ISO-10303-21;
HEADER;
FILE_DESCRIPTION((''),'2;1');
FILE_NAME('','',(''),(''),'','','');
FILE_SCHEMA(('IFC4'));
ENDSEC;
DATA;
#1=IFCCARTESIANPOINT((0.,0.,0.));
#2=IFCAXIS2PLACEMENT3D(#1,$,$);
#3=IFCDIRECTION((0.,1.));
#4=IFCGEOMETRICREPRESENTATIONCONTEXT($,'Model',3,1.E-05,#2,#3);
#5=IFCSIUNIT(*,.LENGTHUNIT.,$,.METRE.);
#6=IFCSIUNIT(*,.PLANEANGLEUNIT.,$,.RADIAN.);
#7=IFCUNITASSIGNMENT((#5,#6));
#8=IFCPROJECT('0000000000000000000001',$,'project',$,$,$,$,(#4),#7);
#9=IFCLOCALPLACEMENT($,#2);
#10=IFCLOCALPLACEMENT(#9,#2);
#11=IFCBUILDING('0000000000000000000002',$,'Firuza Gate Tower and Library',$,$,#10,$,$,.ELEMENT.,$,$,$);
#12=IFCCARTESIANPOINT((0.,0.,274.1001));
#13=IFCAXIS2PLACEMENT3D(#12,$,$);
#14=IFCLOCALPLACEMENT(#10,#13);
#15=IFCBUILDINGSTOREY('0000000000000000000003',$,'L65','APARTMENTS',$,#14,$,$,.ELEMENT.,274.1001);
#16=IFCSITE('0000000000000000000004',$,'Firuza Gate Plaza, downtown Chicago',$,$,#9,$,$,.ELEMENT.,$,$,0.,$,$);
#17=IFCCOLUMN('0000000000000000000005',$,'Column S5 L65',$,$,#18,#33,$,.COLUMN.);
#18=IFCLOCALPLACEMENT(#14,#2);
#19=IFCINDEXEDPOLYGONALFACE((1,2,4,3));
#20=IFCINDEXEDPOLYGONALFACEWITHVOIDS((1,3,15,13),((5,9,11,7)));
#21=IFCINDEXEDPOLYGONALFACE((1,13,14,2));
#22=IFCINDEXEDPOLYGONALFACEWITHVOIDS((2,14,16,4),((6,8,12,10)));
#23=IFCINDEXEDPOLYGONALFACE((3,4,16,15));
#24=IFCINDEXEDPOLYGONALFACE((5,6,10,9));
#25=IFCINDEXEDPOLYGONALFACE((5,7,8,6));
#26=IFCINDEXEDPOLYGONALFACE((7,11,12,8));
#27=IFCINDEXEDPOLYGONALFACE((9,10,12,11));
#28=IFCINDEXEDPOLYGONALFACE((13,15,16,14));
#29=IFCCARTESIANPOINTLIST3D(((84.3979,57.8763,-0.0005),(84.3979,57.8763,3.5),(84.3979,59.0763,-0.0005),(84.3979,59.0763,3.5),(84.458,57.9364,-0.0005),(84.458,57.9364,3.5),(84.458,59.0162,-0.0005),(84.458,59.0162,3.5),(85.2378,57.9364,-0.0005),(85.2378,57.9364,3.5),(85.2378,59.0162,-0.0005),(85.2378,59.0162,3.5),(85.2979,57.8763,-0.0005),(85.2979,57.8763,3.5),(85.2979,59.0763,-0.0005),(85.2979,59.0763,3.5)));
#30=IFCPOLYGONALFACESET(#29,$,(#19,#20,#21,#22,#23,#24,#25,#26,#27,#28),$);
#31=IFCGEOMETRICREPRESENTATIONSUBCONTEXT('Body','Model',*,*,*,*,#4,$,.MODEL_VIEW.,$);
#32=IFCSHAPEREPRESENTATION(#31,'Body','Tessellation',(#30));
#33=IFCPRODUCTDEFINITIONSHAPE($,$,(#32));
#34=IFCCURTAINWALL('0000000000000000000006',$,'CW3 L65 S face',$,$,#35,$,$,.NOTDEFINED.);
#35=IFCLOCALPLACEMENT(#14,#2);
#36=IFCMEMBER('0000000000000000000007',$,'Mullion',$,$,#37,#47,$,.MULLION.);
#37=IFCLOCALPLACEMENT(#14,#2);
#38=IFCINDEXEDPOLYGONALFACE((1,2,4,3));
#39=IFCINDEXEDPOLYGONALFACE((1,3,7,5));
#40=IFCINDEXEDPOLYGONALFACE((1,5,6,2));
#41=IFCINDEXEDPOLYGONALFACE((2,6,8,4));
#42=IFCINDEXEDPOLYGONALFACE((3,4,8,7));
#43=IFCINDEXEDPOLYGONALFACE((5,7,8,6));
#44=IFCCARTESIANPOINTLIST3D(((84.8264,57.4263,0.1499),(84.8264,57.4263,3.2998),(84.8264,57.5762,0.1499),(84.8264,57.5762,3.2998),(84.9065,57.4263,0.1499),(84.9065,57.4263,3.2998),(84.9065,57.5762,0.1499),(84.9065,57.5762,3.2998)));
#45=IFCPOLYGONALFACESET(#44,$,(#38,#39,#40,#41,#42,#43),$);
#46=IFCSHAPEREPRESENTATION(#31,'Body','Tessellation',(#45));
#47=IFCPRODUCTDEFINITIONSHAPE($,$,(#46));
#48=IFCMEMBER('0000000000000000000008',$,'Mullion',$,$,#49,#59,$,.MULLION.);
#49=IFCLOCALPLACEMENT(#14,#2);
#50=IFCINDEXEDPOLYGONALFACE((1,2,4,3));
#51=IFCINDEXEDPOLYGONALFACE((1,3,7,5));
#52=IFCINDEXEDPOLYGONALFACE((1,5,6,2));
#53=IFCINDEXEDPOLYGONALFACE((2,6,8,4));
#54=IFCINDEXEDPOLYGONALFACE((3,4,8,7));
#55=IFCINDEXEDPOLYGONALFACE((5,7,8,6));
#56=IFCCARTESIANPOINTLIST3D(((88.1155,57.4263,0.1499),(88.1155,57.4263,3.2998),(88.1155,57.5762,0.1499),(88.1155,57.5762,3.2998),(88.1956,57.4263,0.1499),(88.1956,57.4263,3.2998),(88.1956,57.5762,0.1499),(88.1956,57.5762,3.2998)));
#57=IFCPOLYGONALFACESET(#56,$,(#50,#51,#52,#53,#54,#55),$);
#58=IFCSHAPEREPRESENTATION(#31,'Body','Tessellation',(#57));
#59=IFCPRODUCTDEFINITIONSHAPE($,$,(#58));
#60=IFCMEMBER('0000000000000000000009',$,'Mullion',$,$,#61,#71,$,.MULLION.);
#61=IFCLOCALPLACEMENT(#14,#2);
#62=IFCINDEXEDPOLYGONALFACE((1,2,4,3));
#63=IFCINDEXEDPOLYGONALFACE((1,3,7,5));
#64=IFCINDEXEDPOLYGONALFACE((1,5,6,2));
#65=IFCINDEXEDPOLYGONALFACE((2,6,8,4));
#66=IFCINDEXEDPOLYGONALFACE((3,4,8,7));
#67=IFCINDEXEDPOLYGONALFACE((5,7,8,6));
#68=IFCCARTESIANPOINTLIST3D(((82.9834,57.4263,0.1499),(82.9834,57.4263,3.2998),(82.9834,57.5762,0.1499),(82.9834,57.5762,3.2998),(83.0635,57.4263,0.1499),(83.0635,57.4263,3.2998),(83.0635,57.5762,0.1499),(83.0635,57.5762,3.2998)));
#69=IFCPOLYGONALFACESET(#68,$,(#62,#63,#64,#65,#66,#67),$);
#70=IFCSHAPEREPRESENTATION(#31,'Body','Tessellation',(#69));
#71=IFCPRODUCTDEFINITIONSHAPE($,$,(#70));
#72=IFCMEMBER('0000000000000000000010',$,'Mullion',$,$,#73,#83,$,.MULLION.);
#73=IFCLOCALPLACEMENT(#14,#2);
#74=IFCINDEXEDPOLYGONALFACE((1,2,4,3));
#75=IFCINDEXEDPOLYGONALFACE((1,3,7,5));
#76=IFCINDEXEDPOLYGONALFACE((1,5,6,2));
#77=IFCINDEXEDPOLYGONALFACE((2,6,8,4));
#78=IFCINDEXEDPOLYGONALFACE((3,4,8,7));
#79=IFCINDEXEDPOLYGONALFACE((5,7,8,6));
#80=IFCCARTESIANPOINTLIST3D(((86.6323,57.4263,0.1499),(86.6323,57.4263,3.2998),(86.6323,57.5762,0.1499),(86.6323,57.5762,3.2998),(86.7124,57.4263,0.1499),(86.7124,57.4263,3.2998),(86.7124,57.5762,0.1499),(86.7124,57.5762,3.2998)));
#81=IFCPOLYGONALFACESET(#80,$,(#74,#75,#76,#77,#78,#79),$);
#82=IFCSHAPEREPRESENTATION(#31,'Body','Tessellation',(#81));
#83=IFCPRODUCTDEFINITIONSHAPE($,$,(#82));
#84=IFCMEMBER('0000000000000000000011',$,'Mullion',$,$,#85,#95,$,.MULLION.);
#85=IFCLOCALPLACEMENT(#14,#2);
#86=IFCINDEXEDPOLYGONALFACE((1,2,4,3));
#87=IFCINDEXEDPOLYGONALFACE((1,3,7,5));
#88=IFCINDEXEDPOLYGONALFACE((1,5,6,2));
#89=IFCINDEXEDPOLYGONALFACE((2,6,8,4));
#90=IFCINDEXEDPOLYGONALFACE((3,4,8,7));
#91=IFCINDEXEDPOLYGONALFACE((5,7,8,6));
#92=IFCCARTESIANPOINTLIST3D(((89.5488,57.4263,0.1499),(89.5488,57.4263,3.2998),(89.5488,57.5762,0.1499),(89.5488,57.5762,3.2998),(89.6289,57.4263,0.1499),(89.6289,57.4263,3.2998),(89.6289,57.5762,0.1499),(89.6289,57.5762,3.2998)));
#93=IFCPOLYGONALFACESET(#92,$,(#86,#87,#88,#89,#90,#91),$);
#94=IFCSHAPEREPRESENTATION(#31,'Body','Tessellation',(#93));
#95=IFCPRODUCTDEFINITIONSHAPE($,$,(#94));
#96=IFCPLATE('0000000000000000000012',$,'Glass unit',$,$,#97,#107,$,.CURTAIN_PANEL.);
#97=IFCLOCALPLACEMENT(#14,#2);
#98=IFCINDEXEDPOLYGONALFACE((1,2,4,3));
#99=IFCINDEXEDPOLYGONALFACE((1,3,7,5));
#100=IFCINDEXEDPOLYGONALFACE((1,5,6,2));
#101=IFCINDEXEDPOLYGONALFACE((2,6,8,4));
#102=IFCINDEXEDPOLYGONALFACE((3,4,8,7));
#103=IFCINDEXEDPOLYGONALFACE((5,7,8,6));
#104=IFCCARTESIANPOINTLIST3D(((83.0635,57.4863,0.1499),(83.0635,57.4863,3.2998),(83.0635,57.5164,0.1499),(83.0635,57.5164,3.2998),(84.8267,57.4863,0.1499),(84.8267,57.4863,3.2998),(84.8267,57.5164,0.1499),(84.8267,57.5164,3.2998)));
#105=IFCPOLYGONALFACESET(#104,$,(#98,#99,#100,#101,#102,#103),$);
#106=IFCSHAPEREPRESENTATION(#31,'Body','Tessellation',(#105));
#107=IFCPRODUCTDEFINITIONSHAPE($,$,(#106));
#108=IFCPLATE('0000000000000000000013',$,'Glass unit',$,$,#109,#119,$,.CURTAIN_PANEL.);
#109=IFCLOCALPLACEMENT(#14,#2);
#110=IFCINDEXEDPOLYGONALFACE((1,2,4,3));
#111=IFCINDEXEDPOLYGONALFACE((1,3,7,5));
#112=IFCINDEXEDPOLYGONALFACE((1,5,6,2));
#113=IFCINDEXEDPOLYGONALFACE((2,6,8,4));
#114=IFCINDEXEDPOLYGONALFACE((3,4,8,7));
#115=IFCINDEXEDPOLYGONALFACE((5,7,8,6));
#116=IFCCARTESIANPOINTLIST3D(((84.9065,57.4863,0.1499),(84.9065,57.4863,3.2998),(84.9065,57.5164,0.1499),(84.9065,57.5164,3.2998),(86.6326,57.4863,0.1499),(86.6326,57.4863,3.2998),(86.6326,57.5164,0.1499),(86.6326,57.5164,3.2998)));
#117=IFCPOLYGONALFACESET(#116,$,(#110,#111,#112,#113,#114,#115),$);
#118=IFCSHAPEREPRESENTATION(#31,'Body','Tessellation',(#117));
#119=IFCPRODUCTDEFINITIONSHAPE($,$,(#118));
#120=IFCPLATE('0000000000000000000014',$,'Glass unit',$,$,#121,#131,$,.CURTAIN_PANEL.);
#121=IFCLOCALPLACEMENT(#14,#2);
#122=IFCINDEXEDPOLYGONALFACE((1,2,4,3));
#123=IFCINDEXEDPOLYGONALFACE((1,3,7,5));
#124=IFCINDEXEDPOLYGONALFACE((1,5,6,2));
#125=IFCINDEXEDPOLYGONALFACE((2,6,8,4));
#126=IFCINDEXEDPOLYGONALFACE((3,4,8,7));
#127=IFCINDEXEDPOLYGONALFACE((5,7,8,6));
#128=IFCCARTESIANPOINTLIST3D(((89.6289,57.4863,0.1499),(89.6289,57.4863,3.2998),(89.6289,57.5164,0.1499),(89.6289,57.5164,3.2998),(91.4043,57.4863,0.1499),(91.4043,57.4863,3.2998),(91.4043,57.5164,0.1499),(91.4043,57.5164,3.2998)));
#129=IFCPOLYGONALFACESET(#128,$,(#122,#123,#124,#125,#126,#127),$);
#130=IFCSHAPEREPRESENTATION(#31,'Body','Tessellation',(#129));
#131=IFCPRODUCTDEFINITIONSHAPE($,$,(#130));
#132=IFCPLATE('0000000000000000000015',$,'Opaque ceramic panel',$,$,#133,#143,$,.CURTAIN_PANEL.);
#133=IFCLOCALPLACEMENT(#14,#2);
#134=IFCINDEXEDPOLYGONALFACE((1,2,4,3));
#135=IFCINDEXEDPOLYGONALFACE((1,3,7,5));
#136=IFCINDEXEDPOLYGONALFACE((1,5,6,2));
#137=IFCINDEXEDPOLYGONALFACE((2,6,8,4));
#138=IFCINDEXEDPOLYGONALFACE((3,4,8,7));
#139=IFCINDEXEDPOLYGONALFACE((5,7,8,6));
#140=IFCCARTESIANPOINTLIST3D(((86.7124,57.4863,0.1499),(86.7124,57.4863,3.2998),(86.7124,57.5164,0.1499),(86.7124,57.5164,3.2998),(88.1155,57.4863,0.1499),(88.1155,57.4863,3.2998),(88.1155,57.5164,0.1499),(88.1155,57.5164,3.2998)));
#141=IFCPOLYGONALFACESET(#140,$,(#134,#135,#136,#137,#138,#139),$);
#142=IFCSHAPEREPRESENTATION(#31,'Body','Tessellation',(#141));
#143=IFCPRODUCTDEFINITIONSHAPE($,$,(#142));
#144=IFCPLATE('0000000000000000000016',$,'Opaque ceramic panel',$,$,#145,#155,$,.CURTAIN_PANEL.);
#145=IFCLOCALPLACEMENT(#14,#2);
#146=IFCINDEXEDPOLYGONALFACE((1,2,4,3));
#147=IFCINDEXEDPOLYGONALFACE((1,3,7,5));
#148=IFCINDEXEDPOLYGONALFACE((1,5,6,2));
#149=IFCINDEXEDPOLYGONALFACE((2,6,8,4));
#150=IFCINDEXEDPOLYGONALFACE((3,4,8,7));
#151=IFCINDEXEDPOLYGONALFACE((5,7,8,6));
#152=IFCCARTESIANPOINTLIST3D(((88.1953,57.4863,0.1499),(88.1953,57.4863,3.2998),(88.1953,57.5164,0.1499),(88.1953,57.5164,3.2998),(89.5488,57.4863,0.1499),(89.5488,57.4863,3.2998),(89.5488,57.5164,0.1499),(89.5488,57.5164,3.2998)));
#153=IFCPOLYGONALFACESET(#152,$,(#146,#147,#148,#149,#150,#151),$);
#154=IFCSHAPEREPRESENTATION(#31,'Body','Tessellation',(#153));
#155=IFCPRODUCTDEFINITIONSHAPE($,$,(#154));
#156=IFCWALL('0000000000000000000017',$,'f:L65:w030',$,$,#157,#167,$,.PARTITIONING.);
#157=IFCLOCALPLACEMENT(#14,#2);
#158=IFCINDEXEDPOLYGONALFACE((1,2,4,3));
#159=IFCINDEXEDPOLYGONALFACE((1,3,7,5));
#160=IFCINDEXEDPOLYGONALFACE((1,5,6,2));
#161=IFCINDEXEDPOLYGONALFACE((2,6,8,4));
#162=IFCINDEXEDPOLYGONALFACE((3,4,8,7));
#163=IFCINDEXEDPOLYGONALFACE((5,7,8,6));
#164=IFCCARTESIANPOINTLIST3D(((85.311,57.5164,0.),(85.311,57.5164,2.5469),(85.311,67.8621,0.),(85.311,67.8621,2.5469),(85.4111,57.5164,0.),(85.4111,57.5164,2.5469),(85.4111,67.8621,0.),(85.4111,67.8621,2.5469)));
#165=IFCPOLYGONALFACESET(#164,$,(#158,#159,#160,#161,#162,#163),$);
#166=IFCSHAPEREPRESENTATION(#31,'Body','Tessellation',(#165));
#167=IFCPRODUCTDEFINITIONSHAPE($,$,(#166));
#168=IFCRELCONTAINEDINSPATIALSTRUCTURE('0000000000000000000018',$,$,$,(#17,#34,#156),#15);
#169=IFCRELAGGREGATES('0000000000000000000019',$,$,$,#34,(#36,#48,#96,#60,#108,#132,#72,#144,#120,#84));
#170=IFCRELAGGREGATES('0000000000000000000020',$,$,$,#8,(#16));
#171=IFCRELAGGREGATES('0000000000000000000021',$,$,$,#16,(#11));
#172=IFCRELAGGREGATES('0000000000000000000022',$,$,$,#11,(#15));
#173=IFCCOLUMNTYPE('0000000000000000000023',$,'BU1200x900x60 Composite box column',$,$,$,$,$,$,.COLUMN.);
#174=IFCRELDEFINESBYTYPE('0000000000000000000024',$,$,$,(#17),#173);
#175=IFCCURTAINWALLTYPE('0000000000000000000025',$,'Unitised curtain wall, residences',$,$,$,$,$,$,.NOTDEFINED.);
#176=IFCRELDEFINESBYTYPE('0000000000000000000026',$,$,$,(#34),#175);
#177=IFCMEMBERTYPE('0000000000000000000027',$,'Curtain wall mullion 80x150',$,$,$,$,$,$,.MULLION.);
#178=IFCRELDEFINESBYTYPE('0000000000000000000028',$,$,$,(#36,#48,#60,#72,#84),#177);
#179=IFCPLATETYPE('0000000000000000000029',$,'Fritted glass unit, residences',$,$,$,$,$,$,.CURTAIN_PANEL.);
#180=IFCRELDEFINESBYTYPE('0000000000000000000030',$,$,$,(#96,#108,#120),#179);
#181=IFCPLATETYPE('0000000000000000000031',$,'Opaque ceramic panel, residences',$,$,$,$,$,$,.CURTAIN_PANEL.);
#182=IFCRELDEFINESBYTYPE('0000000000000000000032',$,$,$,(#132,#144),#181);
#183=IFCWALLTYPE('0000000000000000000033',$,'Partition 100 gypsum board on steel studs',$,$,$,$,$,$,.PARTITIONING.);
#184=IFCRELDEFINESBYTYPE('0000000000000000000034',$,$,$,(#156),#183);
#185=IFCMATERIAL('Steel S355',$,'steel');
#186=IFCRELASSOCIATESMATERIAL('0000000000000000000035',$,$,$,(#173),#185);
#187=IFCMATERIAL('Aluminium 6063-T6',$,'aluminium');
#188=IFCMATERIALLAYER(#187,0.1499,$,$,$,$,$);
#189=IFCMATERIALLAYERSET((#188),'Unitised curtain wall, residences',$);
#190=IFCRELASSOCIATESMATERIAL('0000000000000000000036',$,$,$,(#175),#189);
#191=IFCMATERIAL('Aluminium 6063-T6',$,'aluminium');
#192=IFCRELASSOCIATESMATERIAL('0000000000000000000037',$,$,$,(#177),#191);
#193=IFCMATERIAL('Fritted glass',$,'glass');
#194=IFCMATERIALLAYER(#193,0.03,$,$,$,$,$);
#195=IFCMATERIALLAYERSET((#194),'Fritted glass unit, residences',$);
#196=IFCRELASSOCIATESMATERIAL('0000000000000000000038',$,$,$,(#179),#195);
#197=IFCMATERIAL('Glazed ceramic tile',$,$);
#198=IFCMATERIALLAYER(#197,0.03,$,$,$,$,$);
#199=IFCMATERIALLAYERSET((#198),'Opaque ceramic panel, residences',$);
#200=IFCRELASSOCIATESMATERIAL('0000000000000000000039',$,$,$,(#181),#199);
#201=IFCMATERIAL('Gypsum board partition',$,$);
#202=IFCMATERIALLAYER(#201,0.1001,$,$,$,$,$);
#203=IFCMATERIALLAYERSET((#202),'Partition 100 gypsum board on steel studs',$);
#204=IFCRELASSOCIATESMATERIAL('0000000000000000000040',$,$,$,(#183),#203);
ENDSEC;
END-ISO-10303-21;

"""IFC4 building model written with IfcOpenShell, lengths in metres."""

from ifc_helpers import new_model, si_unit, direction, frame, frame_2d, origin, origin_2d, place, context, subcontext, project, spatial, polyline, rectangle, hollow_rectangle, outline, extrude, material, layer, layer_set, material_profile, profile_set, type_object, element, aggregate, save


model = new_model("IFC4")

# Units and contexts
model_context = context("Model", 3, precision=1e-05, world=origin(), true_north=direction((0.0, 1.0)))
body_context = subcontext(model_context, "Body", "Model", "MODEL_VIEW")
ifc_project = project(units=[si_unit("LENGTHUNIT", "METRE"), si_unit("PLANEANGLEUNIT", "RADIAN")], contexts=[model_context])

# Site, building, storey
site_placement = place(None, origin())
site = spatial("IfcSite", under=ifc_project, at=site_placement, Name="Firuza Gate Plaza, downtown Chicago", CompositionType="ELEMENT", RefElevation=0.0)
building_placement = place(site_placement, origin())
building = spatial("IfcBuilding", under=site, at=building_placement, Name="Firuza Gate Tower and Library", CompositionType="ELEMENT")
storey_placement = place(building_placement, frame((0.0, 0.0, 274.1001)))
storey = spatial("IfcBuildingStorey", under=building, at=storey_placement, Name="L65", Description="APARTMENTS", CompositionType="ELEMENT", Elevation=274.1001)

# Column
ifc_material_1 = material(Name="Steel S355", Category="steel")
ifc_material_profile_1 = material_profile(ifc_material_1, hollow_rectangle(XDim=0.8999, YDim=1.2, WallThickness=0.0601, at=origin_2d()))
ifc_profile_set_1 = profile_set([ifc_material_profile_1], Name="Steel S355")
column_type = type_object("IfcColumnType", Name="BU1200x900x60 Composite box column", PredefinedType="COLUMN", material=ifc_profile_set_1)
column_placement = place(storey_placement, frame((84.8479, 58.4763, -0.0005), z_axis=(0.0, 0.0, 1.0), x_axis=(1.0, 0.0, 0.0)))
element("IfcColumn", 1, at=column_placement, inside=storey, type_object=column_type, Name="Column S5 L65", PredefinedType="COLUMN", context=body_context, shape_type="SweptSolid", body=[
    extrude(hollow_rectangle(XDim=0.8999, YDim=1.2, WallThickness=0.0601, at=origin_2d()), origin(), (0.0, 0.0, 1.0), 3.5005),
])

# Curtain wall, members, plates
ifc_material_2 = material(Name="Aluminium 6063-T6", Category="aluminium")
ifc_layer_1 = layer(ifc_material_2, 0.1499)
ifc_layer_set_1 = layer_set([ifc_layer_1], Name="Unitised curtain wall, residences")
curtain_wall_type = type_object("IfcCurtainWallType", Name="Unitised curtain wall, residences", PredefinedType="NOTDEFINED", material=ifc_layer_set_1)
curtain_wall_placement = place(storey_placement, origin())
curtain_wall = element("IfcCurtainWall", 2, at=curtain_wall_placement, inside=storey, type_object=curtain_wall_type, Name="CW3 L65 S face", PredefinedType="NOTDEFINED")
ifc_material_3 = material(Name="Aluminium 6063-T6", Category="aluminium")
ifc_material_profile_2 = material_profile(ifc_material_3, rectangle(XDim=0.1499, YDim=0.0801, at=origin_2d()))
ifc_profile_set_2 = profile_set([ifc_material_profile_2], Name="Aluminium 6063-T6")
member_type = type_object("IfcMemberType", Name="Curtain wall mullion 80x150", PredefinedType="MULLION", material=ifc_profile_set_2)
member_1_placement = place(storey_placement, frame((84.8665, 57.5012, 0.1499), z_axis=(0.0, 0.0, 1.0), x_axis=(0.0, 1.0, 0.0)))
member_1 = element("IfcMember", 3, at=member_1_placement, type_object=member_type, Name="Mullion", PredefinedType="MULLION", context=body_context, shape_type="SweptSolid", body=[
    extrude(rectangle(XDim=0.1499, YDim=0.0801, at=origin_2d()), origin(), (0.0, 0.0, 1.0), 3.1499),
])
member_2_placement = place(storey_placement, frame((88.1555, 57.5012, 0.1499), z_axis=(0.0, 0.0, 1.0), x_axis=(0.0, 1.0, 0.0)))
member_2 = element("IfcMember", 4, at=member_2_placement, type_object=member_type, Name="Mullion", PredefinedType="MULLION", context=body_context, shape_type="SweptSolid", body=[
    extrude(rectangle(XDim=0.1499, YDim=0.0801, at=origin_2d()), origin(), (0.0, 0.0, 1.0), 3.1499),
])
member_3_placement = place(storey_placement, frame((83.0234, 57.5012, 0.1499), z_axis=(0.0, 0.0, 1.0), x_axis=(0.0, 1.0, 0.0)))
member_3 = element("IfcMember", 5, at=member_3_placement, type_object=member_type, Name="Mullion", PredefinedType="MULLION", context=body_context, shape_type="SweptSolid", body=[
    extrude(rectangle(XDim=0.1499, YDim=0.0801, at=origin_2d()), origin(), (0.0, 0.0, 1.0), 3.1499),
])
member_4_placement = place(storey_placement, frame((86.6724, 57.5012, 0.1499), z_axis=(0.0, 0.0, 1.0), x_axis=(0.0, 1.0, 0.0)))
member_4 = element("IfcMember", 6, at=member_4_placement, type_object=member_type, Name="Mullion", PredefinedType="MULLION", context=body_context, shape_type="SweptSolid", body=[
    extrude(rectangle(XDim=0.1499, YDim=0.0801, at=origin_2d()), origin(), (0.0, 0.0, 1.0), 3.1499),
])
member_5_placement = place(storey_placement, frame((89.5889, 57.5012, 0.1499), z_axis=(0.0, 0.0, 1.0), x_axis=(0.0, 1.0, 0.0)))
member_5 = element("IfcMember", 7, at=member_5_placement, type_object=member_type, Name="Mullion", PredefinedType="MULLION", context=body_context, shape_type="SweptSolid", body=[
    extrude(rectangle(XDim=0.1499, YDim=0.0801, at=origin_2d()), origin(), (0.0, 0.0, 1.0), 3.1499),
])
ifc_material_4 = material(Name="Fritted glass", Category="glass")
ifc_layer_2 = layer(ifc_material_4, 0.03)
ifc_layer_set_2 = layer_set([ifc_layer_2], Name="Fritted glass unit, residences")
plate_type_1 = type_object("IfcPlateType", Name="Fritted glass unit, residences", PredefinedType="CURTAIN_PANEL", material=ifc_layer_set_2)
plate_1_placement = place(storey_placement, frame((83.0635, 57.4863, 0.1499), z_axis=(0.0, -1.0, 0.0), x_axis=(1.0, 0.0, 0.0)))
plate_1 = element("IfcPlate", 8, at=plate_1_placement, type_object=plate_type_1, Name="Glass unit", PredefinedType="CURTAIN_PANEL", context=body_context, shape_type="SweptSolid", body=[
    extrude(outline(polyline([(0.0, 0.0), (1.7632, 0.0), (1.7632, 3.1499), (0.0, 3.1499), (0.0, 0.0)])), origin(), (0.0, 0.0, -1.0), 0.03),
])
plate_2_placement = place(storey_placement, frame((84.9065, 57.4863, 0.1499), z_axis=(0.0, -1.0, 0.0), x_axis=(1.0, 0.0, 0.0)))
plate_2 = element("IfcPlate", 9, at=plate_2_placement, type_object=plate_type_1, Name="Glass unit", PredefinedType="CURTAIN_PANEL", context=body_context, shape_type="SweptSolid", body=[
    extrude(outline(polyline([(0.0, 0.0), (1.7261, 0.0), (1.7261, 3.1499), (0.0, 3.1499), (0.0, 0.0)])), origin(), (0.0, 0.0, -1.0), 0.03),
])
plate_3_placement = place(storey_placement, frame((89.6289, 57.4863, 0.1499), z_axis=(0.0, -1.0, 0.0), x_axis=(1.0, 0.0, 0.0)))
plate_3 = element("IfcPlate", 10, at=plate_3_placement, type_object=plate_type_1, Name="Glass unit", PredefinedType="CURTAIN_PANEL", context=body_context, shape_type="SweptSolid", body=[
    extrude(outline(polyline([(0.0, 0.0), (1.7754, 0.0), (1.7754, 3.1499), (0.0, 3.1499), (0.0, 0.0)])), origin(), (0.0, 0.0, -1.0), 0.03),
])
ifc_material_5 = material(Name="Glazed ceramic tile")
ifc_layer_3 = layer(ifc_material_5, 0.03)
ifc_layer_set_3 = layer_set([ifc_layer_3], Name="Opaque ceramic panel, residences")
plate_type_2 = type_object("IfcPlateType", Name="Opaque ceramic panel, residences", PredefinedType="CURTAIN_PANEL", material=ifc_layer_set_3)
plate_4_placement = place(storey_placement, frame((86.7124, 57.4863, 0.1499), z_axis=(0.0, -1.0, 0.0), x_axis=(1.0, 0.0, 0.0)))
plate_4 = element("IfcPlate", 11, at=plate_4_placement, type_object=plate_type_2, Name="Opaque ceramic panel", PredefinedType="CURTAIN_PANEL", context=body_context, shape_type="SweptSolid", body=[
    extrude(outline(polyline([(0.0, 0.0), (1.4031, 0.0), (1.4031, 3.1499), (0.0, 3.1499), (0.0, 0.0)])), origin(), (0.0, 0.0, -1.0), 0.03),
])
plate_5_placement = place(storey_placement, frame((88.1953, 57.4863, 0.1499), z_axis=(0.0, -1.0, 0.0), x_axis=(1.0, 0.0, 0.0)))
plate_5 = element("IfcPlate", 12, at=plate_5_placement, type_object=plate_type_2, Name="Opaque ceramic panel", PredefinedType="CURTAIN_PANEL", context=body_context, shape_type="SweptSolid", body=[
    extrude(outline(polyline([(0.0, 0.0), (1.3535, 0.0), (1.3535, 3.1499), (0.0, 3.1499), (0.0, 0.0)])), origin(), (0.0, 0.0, -1.0), 0.03),
])
aggregate(curtain_wall, [member_1, member_2, plate_1, member_3, plate_2, plate_4, member_4, plate_5, plate_3, member_5])

# Wall
ifc_material_6 = material(Name="Gypsum board partition")
ifc_layer_4 = layer(ifc_material_6, 0.1001)
ifc_layer_set_4 = layer_set([ifc_layer_4], Name="Partition 100 gypsum board on steel studs")
wall_type = type_object("IfcWallType", Name="Partition 100 gypsum board on steel studs", PredefinedType="PARTITIONING", material=ifc_layer_set_4)
wall_placement = place(storey_placement, frame((85.3611, 57.5164, 0.0), z_axis=(0.0, 0.0, 1.0), x_axis=(0.0, 1.0, 0.0)))
element("IfcWall", 13, at=wall_placement, inside=storey, type_object=wall_type, Name="f:L65:w030", PredefinedType="PARTITIONING", context=body_context, shape_type="SweptSolid", body=[
    extrude(rectangle(XDim=10.3457, YDim=0.1001, at=frame_2d((5.1729, 0.0))), origin(), (0.0, 0.0, 1.0), 2.5469),
])

save(model, "model.ifc")
